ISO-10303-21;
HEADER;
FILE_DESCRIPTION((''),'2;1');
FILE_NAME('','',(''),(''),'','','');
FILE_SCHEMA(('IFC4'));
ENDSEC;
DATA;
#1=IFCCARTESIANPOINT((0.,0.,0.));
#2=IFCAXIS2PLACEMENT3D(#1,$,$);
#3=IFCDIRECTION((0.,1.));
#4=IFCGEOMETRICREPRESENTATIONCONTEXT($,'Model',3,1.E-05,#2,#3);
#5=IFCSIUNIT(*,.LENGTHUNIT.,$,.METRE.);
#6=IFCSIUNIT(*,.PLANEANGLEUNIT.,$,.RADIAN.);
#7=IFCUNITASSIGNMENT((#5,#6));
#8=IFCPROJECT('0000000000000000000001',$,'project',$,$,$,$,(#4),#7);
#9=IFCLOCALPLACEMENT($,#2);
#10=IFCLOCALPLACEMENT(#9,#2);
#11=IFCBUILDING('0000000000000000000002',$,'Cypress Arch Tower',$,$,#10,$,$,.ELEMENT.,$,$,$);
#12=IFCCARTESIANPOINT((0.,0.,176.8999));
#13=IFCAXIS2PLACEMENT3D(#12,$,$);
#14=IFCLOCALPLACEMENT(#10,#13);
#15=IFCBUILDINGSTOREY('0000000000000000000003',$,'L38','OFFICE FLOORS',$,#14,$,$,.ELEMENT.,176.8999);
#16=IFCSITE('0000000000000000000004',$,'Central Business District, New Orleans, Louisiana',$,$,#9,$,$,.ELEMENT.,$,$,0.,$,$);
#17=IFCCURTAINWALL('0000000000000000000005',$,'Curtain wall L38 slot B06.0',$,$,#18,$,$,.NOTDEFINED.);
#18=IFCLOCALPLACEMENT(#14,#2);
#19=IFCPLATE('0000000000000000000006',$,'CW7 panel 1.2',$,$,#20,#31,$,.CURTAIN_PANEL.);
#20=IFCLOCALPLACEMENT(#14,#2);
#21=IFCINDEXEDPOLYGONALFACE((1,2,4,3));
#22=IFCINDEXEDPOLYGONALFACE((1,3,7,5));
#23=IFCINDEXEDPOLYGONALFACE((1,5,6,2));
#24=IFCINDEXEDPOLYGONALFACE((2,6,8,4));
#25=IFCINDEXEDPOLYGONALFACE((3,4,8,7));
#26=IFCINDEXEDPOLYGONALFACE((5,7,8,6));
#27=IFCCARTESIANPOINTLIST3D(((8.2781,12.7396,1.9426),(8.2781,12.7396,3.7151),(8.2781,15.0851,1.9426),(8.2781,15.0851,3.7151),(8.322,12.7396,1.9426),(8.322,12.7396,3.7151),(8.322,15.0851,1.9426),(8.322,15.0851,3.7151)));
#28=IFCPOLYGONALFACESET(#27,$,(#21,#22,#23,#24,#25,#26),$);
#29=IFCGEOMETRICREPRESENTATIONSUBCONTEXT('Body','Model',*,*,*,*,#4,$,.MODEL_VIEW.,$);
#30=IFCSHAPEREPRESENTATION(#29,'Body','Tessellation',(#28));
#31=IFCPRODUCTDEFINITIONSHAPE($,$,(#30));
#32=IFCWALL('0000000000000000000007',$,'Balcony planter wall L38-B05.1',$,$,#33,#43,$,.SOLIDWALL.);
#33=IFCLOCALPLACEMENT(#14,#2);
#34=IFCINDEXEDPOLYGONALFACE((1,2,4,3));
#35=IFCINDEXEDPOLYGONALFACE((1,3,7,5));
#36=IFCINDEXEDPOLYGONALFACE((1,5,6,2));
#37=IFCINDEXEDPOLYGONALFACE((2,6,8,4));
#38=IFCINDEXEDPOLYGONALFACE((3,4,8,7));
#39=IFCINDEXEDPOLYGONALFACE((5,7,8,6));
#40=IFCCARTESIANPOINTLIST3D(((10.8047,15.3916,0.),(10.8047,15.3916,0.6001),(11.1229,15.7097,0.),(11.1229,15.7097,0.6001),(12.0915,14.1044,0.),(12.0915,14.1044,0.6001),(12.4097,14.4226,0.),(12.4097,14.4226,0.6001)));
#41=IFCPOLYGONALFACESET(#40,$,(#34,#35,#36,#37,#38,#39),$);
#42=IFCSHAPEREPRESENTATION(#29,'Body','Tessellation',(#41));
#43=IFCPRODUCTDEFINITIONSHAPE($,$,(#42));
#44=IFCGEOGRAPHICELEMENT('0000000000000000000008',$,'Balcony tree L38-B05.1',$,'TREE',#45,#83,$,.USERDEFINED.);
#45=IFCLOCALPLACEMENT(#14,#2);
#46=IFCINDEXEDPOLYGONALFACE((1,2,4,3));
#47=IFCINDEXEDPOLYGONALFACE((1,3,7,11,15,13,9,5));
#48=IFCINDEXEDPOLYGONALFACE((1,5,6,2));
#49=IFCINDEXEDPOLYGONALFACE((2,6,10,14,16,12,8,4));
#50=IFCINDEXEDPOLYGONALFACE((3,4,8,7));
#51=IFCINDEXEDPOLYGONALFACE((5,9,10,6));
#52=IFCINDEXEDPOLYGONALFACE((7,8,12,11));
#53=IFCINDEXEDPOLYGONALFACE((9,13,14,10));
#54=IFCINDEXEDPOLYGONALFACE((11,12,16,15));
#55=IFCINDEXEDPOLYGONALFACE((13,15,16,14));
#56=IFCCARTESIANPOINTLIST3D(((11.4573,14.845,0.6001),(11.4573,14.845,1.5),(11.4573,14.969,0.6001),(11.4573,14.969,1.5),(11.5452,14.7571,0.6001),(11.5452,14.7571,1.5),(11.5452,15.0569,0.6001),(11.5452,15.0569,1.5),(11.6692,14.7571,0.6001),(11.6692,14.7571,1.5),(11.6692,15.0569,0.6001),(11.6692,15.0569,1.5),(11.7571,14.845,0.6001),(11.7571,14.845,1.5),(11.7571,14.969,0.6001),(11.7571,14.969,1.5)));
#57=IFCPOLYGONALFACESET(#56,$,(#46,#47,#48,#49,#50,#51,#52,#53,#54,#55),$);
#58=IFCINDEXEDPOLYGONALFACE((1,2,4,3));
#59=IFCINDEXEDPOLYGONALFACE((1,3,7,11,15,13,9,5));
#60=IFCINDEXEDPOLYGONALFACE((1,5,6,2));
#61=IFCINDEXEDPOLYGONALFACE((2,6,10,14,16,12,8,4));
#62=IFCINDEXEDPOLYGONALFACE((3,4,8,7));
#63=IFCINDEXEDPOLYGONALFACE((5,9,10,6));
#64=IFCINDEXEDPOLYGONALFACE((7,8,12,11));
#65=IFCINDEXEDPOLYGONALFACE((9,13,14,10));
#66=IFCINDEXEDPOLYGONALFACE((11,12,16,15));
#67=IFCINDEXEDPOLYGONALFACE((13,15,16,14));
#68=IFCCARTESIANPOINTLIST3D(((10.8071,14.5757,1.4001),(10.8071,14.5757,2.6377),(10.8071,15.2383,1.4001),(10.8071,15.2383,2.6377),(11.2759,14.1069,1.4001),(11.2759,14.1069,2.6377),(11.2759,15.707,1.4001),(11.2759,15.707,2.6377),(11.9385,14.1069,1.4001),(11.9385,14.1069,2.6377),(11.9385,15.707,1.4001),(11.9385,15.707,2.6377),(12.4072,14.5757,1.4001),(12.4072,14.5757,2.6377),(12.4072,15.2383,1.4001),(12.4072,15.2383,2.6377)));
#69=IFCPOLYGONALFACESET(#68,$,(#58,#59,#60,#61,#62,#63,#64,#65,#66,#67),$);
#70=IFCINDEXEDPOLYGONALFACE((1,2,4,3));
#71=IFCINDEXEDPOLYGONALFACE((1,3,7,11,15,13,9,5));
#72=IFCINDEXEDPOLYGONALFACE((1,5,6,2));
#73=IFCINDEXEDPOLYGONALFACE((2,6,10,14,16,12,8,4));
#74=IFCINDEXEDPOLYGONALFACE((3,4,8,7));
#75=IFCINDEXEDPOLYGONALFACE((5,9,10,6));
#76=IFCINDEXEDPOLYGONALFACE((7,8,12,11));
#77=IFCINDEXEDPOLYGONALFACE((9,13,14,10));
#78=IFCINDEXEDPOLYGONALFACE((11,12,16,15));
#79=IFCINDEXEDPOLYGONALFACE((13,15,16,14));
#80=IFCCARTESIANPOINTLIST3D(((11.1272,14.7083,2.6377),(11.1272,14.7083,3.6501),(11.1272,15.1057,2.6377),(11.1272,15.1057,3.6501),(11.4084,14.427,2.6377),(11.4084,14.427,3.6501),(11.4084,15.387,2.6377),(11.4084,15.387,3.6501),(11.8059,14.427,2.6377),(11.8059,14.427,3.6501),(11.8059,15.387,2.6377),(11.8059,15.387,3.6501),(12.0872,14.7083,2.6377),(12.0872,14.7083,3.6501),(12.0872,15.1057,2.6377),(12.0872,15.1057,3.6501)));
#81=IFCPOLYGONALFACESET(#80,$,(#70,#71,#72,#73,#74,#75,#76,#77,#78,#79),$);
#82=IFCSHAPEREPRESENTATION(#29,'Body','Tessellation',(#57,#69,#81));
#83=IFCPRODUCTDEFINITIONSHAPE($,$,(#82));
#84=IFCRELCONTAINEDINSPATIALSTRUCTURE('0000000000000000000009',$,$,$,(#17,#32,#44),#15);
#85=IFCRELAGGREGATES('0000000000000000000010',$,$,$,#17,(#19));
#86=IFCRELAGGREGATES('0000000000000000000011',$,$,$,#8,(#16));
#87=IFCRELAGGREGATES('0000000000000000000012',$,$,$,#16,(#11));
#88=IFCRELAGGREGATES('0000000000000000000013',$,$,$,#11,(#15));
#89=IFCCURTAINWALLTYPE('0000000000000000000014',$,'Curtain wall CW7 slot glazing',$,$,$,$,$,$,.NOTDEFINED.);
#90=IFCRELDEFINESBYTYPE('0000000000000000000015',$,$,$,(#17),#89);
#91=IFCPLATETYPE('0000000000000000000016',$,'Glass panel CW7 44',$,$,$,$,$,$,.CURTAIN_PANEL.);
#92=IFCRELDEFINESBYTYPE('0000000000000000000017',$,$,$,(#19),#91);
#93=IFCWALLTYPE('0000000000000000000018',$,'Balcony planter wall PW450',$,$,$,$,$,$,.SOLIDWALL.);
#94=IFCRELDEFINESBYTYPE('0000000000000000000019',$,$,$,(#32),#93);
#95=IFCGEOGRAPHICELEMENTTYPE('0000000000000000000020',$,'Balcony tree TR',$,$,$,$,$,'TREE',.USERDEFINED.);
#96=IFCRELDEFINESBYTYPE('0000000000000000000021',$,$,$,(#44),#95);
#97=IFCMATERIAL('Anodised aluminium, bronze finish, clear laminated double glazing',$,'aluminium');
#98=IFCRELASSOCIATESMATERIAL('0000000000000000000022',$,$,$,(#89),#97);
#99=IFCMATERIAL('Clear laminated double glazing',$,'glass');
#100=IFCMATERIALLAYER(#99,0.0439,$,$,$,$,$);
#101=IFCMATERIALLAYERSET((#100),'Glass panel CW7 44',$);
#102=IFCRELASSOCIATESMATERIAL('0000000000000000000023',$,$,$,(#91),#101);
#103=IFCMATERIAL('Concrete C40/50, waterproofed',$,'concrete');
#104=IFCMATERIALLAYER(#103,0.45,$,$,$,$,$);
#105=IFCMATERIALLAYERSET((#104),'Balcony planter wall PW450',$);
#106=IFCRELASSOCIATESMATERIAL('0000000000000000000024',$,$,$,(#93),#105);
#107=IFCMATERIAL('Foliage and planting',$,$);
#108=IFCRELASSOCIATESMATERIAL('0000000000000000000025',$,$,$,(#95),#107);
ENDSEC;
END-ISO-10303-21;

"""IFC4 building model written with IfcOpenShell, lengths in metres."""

from ifc_helpers import new_model, si_unit, direction, frame, frame_2d, origin, origin_2d, place, context, subcontext, project, spatial, polyline, rectangle, outline, extrude, material, layer, layer_set, type_object, element, aggregate, save


model = new_model("IFC4")

# Units and contexts
model_context = context("Model", 3, precision=1e-05, world=origin(), true_north=direction((0.0, 1.0)))
body_context = subcontext(model_context, "Body", "Model", "MODEL_VIEW")
ifc_project = project(units=[si_unit("LENGTHUNIT", "METRE"), si_unit("PLANEANGLEUNIT", "RADIAN")], contexts=[model_context])

# Site, building, storey
site_placement = place(None, origin())
site = spatial("IfcSite", under=ifc_project, at=site_placement, Name="Central Business District, New Orleans, Louisiana", CompositionType="ELEMENT", RefElevation=0.0)
building_placement = place(site_placement, origin())
building = spatial("IfcBuilding", under=site, at=building_placement, Name="Cypress Arch Tower", CompositionType="ELEMENT")
storey_placement = place(building_placement, frame((0.0, 0.0, 176.8999)))
storey = spatial("IfcBuildingStorey", under=building, at=storey_placement, Name="L38", Description="OFFICE FLOORS", CompositionType="ELEMENT", Elevation=176.8999)

# Curtain wall
ifc_material_1 = material(Name="Anodised aluminium, bronze finish, clear laminated double glazing", Category="aluminium")
curtain_wall_type = type_object("IfcCurtainWallType", Name="Curtain wall CW7 slot glazing", PredefinedType="NOTDEFINED", material=ifc_material_1)
curtain_wall_placement = place(storey_placement, origin())
curtain_wall = element("IfcCurtainWall", 1, at=curtain_wall_placement, inside=storey, type_object=curtain_wall_type, Name="Curtain wall L38 slot B06.0", PredefinedType="NOTDEFINED")

# Plate
ifc_material_2 = material(Name="Clear laminated double glazing", Category="glass")
ifc_layer_1 = layer(ifc_material_2, 0.0439)
ifc_layer_set_1 = layer_set([ifc_layer_1], Name="Glass panel CW7 44")
plate_type = type_object("IfcPlateType", Name="Glass panel CW7 44", PredefinedType="CURTAIN_PANEL", material=ifc_layer_set_1)
plate_1_placement = place(storey_placement, frame((8.3, 13.9124, 1.9426), z_axis=(0.0, 0.0, 1.0), x_axis=(0.0, -1.0, 0.0)))
plate_1 = element("IfcPlate", 2, at=plate_1_placement, type_object=plate_type, Name="CW7 panel 1.2", PredefinedType="CURTAIN_PANEL", context=body_context, shape_type="SweptSolid", body=[
    extrude(rectangle(XDim=2.3455, YDim=0.0439, at=origin_2d()), origin(), (0.0, 0.0, 1.0), 1.7725),
])
aggregate(curtain_wall, [plate_1])

# Wall
ifc_material_3 = material(Name="Concrete C40/50, waterproofed", Category="concrete")
ifc_layer_2 = layer(ifc_material_3, 0.45)
ifc_layer_set_2 = layer_set([ifc_layer_2], Name="Balcony planter wall PW450")
wall_type_1 = type_object("IfcWallType", Name="Balcony planter wall PW450", PredefinedType="SOLIDWALL", material=ifc_layer_set_2)
wall_1_placement = place(storey_placement, frame((12.2507, 14.2634, 0.0), z_axis=(0.0, 0.0, 1.0), x_axis=(-0.70704, 0.707174, 0.0)))
element("IfcWall", 3, at=wall_1_placement, inside=storey, type_object=wall_type_1, Name="Balcony planter wall L38-B05.1", PredefinedType="SOLIDWALL", context=body_context, shape_type="SweptSolid", body=[
    extrude(rectangle(XDim=1.8201, YDim=0.45, at=frame_2d((0.9102, 0.0))), origin(), (0.0, 0.0, 1.0), 0.6001),
])

# Geographic element
ifc_material_4 = material(Name="Foliage and planting")
geographic_element_type = type_object("IfcGeographicElementType", Name="Balcony tree TR", ElementType="TREE", PredefinedType="USERDEFINED", material=ifc_material_4)
geographic_element_placement = place(storey_placement, frame((11.6072, 14.907, 0.6001), z_axis=(0.0, 0.0, 1.0), x_axis=(1.0, 0.0, 0.0)))
element("IfcGeographicElement", 4, at=geographic_element_placement, inside=storey, type_object=geographic_element_type, Name="Balcony tree L38-B05.1", ObjectType="TREE", PredefinedType="USERDEFINED", context=body_context, shape_type="SweptSolid", body=[
    extrude(outline(polyline([(0.1499, 0.062), (0.062, 0.1499), (-0.062, 0.1499), (-0.1499, 0.062), (-0.1499, -0.062), (-0.062, -0.1499), (0.062, -0.1499), (0.1499, -0.062), (0.1499, 0.062)])), origin(), (0.0, 0.0, 1.0), 0.8999),
    extrude(outline(polyline([(0.8, 0.3313), (0.3313, 0.8), (-0.3313, 0.8), (-0.8, 0.3313), (-0.8, -0.3313), (-0.3313, -0.8), (0.3313, -0.8), (0.8, -0.3313), (0.8, 0.3313)])), frame((0.0, 0.0, 0.8)), (0.0, 0.0, 1.0), 1.2375),
    extrude(outline(polyline([(0.48, 0.1987), (0.1987, 0.48), (-0.1987, 0.48), (-0.48, 0.1987), (-0.48, -0.1987), (-0.1987, -0.48), (0.1987, -0.48), (0.48, -0.1987), (0.48, 0.1987)])), frame((0.0, 0.0, 2.0376)), (0.0, 0.0, 1.0), 1.0125),
])

save(model, "model.ifc")
